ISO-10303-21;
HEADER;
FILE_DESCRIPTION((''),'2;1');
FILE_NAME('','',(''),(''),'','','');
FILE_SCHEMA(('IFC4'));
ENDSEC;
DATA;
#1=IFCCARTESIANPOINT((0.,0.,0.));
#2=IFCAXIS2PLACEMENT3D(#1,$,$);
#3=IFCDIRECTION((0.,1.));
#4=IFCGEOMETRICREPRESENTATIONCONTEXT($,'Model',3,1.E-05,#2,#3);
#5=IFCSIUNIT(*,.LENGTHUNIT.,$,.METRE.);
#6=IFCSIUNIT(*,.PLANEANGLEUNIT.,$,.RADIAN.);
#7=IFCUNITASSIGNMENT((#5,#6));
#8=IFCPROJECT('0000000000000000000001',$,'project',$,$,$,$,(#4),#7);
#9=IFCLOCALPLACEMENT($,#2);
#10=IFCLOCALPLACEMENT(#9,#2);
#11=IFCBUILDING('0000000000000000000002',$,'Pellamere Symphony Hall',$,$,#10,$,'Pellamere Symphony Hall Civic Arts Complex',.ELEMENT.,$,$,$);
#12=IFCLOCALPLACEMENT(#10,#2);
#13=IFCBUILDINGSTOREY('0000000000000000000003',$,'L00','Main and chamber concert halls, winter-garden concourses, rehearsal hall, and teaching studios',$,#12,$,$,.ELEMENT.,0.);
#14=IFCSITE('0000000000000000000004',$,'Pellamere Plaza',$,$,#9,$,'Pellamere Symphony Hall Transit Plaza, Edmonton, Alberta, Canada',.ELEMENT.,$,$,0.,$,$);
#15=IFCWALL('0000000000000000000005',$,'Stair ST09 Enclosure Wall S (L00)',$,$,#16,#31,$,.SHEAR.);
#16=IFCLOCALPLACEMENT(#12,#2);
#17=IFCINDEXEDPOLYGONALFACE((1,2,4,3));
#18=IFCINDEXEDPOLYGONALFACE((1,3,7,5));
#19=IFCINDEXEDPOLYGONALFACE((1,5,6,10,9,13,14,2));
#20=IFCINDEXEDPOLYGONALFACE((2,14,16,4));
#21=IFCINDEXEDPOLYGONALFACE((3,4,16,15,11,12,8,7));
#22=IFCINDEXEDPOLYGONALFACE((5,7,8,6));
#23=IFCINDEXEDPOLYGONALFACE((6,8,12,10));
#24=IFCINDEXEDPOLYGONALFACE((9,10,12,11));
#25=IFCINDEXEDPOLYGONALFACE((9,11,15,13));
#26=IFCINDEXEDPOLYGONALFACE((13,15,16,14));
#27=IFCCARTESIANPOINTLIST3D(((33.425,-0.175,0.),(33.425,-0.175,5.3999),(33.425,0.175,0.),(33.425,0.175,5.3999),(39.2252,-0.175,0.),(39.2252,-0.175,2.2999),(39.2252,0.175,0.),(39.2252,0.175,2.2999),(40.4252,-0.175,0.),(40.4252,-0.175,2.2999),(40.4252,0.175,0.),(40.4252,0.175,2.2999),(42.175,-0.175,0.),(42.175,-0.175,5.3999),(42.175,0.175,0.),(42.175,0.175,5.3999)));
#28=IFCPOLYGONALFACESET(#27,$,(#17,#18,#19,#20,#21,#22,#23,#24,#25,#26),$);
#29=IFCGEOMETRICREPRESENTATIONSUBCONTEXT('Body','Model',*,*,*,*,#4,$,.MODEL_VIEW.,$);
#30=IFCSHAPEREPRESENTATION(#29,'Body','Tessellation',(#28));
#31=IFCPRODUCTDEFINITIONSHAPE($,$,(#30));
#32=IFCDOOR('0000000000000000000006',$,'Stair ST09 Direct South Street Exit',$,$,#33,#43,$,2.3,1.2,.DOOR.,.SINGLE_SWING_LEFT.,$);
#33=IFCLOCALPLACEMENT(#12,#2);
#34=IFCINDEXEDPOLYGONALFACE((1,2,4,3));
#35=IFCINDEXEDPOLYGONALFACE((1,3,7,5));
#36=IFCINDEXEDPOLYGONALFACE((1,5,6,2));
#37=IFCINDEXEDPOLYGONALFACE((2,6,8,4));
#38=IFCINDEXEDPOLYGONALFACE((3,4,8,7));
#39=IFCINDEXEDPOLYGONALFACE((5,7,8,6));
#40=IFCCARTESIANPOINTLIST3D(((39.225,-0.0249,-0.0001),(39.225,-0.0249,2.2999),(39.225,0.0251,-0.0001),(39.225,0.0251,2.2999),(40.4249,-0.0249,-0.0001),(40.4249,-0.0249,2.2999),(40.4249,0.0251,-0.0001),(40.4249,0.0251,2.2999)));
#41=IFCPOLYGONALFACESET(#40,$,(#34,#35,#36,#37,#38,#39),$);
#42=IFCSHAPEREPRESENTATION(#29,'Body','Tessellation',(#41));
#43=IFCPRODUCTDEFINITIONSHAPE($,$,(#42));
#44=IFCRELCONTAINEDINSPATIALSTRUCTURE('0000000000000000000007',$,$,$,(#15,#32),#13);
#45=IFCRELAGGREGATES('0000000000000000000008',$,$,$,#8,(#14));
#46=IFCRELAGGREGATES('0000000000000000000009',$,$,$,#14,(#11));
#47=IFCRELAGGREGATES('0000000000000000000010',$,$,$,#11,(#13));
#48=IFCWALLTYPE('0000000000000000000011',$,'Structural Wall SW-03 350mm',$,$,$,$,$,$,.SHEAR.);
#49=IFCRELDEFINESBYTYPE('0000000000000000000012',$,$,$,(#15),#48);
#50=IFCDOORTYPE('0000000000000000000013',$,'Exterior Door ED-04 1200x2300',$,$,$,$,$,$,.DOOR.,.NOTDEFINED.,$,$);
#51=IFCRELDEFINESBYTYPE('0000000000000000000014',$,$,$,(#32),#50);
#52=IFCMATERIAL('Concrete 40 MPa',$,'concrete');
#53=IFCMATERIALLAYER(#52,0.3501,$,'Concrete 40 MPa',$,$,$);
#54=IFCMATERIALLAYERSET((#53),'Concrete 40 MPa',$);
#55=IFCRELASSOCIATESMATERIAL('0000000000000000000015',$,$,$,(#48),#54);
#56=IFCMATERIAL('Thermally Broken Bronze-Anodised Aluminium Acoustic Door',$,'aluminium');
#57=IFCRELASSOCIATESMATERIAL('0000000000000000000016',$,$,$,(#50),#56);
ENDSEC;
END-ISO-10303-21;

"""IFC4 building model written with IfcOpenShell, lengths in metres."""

from ifc_helpers import new_model, si_unit, direction, frame, frame_2d, origin, place, context, subcontext, project, spatial, rectangle, extrude, material, layer, layer_set, type_object, element, fill, save


model = new_model("IFC4")

# Units and contexts
model_context = context("Model", 3, precision=1e-05, world=origin(), true_north=direction((0.0, 1.0)))
body_context = subcontext(model_context, "Body", "Model", "MODEL_VIEW")
ifc_project = project(units=[si_unit("LENGTHUNIT", "METRE"), si_unit("PLANEANGLEUNIT", "RADIAN")], contexts=[model_context])

# Site, building, storey
site_placement = place(None, origin())
site = spatial("IfcSite", under=ifc_project, at=site_placement, Name="Pellamere Plaza", LongName="Pellamere Symphony Hall Transit Plaza, Edmonton, Alberta, Canada", CompositionType="ELEMENT", RefElevation=0.0)
building_placement = place(site_placement, origin())
building = spatial("IfcBuilding", under=site, at=building_placement, Name="Pellamere Symphony Hall", LongName="Pellamere Symphony Hall Civic Arts Complex", CompositionType="ELEMENT")
storey_placement = place(building_placement, origin())
storey = spatial("IfcBuildingStorey", under=building, at=storey_placement, Name="L00", Description="Main and chamber concert halls, winter-garden concourses, rehearsal hall, and teaching studios", CompositionType="ELEMENT", Elevation=0.0)

# Shared definitions
ifc_material_1 = material(Name="Concrete 40 MPa", Category="concrete")

# Wall, opening, door
ifc_layer_1 = layer(ifc_material_1, 0.3501, Name="Concrete 40 MPa")
ifc_layer_set_1 = layer_set([ifc_layer_1], Name="Concrete 40 MPa")
wall_type = type_object("IfcWallType", Name="Structural Wall SW-03 350mm", PredefinedType="SHEAR", material=ifc_layer_set_1)
wall_placement = place(storey_placement, frame((33.425, 0.0, 0.0), z_axis=(0.0, 0.0, 1.0), x_axis=(1.0, 0.0, 0.0)))
wall = element("IfcWall", 1, at=wall_placement, inside=storey, type_object=wall_type, Name="Stair ST09 Enclosure Wall S (L00)", PredefinedType="SHEAR", context=body_context, shape_type="SweptSolid", body=[
    extrude(rectangle(XDim=8.75, YDim=0.3501, at=frame_2d((4.375, 0.0))), origin(), (0.0, 0.0, 1.0), 5.3999),
])
opening_placement = place(wall_placement, frame((5.8, 0.0, 0.0)))
opening = element("IfcOpeningElement", 2, at=opening_placement, cuts=wall, PredefinedType="OPENING", context=body_context, shape_type="SweptSolid", body=[
    extrude(rectangle(XDim=1.2, YDim=2.3, at=frame_2d((0.6001, 1.1499))), frame((0.0, 0.1851, 0.0), z_axis=(0.0, -1.0, 0.0), x_axis=(1.0, 0.0, 0.0)), (0.0, 0.0, 1.0), 0.3701),
])
ifc_material_2 = material(Name="Thermally Broken Bronze-Anodised Aluminium Acoustic Door", Category="aluminium")
door_type = type_object("IfcDoorType", Name="Exterior Door ED-04 1200x2300", OperationType="NOTDEFINED", PredefinedType="DOOR", material=ifc_material_2)
door_placement = place(opening_placement, frame((1.2, 0.0, 0.0), z_axis=(0.0, 0.0, 1.0), x_axis=(-1.0, 0.0, 0.0)))
door = element("IfcDoor", 3, at=door_placement, inside=storey, type_object=door_type, Name="Stair ST09 Direct South Street Exit", OperationType="SINGLE_SWING_LEFT", OverallHeight=2.3, OverallWidth=1.2, PredefinedType="DOOR", context=body_context, shape_type="SweptSolid", body=[
    extrude(rectangle(XDim=1.2, YDim=2.3, at=frame_2d((0.6001, 1.1499))), frame((0.0, 0.0249, 0.0), z_axis=(0.0, -1.0, 0.0), x_axis=(1.0, 0.0, 0.0)), (0.0, 0.0, 1.0), 0.05),
])
fill(opening, door)

save(model, "model.ifc")
